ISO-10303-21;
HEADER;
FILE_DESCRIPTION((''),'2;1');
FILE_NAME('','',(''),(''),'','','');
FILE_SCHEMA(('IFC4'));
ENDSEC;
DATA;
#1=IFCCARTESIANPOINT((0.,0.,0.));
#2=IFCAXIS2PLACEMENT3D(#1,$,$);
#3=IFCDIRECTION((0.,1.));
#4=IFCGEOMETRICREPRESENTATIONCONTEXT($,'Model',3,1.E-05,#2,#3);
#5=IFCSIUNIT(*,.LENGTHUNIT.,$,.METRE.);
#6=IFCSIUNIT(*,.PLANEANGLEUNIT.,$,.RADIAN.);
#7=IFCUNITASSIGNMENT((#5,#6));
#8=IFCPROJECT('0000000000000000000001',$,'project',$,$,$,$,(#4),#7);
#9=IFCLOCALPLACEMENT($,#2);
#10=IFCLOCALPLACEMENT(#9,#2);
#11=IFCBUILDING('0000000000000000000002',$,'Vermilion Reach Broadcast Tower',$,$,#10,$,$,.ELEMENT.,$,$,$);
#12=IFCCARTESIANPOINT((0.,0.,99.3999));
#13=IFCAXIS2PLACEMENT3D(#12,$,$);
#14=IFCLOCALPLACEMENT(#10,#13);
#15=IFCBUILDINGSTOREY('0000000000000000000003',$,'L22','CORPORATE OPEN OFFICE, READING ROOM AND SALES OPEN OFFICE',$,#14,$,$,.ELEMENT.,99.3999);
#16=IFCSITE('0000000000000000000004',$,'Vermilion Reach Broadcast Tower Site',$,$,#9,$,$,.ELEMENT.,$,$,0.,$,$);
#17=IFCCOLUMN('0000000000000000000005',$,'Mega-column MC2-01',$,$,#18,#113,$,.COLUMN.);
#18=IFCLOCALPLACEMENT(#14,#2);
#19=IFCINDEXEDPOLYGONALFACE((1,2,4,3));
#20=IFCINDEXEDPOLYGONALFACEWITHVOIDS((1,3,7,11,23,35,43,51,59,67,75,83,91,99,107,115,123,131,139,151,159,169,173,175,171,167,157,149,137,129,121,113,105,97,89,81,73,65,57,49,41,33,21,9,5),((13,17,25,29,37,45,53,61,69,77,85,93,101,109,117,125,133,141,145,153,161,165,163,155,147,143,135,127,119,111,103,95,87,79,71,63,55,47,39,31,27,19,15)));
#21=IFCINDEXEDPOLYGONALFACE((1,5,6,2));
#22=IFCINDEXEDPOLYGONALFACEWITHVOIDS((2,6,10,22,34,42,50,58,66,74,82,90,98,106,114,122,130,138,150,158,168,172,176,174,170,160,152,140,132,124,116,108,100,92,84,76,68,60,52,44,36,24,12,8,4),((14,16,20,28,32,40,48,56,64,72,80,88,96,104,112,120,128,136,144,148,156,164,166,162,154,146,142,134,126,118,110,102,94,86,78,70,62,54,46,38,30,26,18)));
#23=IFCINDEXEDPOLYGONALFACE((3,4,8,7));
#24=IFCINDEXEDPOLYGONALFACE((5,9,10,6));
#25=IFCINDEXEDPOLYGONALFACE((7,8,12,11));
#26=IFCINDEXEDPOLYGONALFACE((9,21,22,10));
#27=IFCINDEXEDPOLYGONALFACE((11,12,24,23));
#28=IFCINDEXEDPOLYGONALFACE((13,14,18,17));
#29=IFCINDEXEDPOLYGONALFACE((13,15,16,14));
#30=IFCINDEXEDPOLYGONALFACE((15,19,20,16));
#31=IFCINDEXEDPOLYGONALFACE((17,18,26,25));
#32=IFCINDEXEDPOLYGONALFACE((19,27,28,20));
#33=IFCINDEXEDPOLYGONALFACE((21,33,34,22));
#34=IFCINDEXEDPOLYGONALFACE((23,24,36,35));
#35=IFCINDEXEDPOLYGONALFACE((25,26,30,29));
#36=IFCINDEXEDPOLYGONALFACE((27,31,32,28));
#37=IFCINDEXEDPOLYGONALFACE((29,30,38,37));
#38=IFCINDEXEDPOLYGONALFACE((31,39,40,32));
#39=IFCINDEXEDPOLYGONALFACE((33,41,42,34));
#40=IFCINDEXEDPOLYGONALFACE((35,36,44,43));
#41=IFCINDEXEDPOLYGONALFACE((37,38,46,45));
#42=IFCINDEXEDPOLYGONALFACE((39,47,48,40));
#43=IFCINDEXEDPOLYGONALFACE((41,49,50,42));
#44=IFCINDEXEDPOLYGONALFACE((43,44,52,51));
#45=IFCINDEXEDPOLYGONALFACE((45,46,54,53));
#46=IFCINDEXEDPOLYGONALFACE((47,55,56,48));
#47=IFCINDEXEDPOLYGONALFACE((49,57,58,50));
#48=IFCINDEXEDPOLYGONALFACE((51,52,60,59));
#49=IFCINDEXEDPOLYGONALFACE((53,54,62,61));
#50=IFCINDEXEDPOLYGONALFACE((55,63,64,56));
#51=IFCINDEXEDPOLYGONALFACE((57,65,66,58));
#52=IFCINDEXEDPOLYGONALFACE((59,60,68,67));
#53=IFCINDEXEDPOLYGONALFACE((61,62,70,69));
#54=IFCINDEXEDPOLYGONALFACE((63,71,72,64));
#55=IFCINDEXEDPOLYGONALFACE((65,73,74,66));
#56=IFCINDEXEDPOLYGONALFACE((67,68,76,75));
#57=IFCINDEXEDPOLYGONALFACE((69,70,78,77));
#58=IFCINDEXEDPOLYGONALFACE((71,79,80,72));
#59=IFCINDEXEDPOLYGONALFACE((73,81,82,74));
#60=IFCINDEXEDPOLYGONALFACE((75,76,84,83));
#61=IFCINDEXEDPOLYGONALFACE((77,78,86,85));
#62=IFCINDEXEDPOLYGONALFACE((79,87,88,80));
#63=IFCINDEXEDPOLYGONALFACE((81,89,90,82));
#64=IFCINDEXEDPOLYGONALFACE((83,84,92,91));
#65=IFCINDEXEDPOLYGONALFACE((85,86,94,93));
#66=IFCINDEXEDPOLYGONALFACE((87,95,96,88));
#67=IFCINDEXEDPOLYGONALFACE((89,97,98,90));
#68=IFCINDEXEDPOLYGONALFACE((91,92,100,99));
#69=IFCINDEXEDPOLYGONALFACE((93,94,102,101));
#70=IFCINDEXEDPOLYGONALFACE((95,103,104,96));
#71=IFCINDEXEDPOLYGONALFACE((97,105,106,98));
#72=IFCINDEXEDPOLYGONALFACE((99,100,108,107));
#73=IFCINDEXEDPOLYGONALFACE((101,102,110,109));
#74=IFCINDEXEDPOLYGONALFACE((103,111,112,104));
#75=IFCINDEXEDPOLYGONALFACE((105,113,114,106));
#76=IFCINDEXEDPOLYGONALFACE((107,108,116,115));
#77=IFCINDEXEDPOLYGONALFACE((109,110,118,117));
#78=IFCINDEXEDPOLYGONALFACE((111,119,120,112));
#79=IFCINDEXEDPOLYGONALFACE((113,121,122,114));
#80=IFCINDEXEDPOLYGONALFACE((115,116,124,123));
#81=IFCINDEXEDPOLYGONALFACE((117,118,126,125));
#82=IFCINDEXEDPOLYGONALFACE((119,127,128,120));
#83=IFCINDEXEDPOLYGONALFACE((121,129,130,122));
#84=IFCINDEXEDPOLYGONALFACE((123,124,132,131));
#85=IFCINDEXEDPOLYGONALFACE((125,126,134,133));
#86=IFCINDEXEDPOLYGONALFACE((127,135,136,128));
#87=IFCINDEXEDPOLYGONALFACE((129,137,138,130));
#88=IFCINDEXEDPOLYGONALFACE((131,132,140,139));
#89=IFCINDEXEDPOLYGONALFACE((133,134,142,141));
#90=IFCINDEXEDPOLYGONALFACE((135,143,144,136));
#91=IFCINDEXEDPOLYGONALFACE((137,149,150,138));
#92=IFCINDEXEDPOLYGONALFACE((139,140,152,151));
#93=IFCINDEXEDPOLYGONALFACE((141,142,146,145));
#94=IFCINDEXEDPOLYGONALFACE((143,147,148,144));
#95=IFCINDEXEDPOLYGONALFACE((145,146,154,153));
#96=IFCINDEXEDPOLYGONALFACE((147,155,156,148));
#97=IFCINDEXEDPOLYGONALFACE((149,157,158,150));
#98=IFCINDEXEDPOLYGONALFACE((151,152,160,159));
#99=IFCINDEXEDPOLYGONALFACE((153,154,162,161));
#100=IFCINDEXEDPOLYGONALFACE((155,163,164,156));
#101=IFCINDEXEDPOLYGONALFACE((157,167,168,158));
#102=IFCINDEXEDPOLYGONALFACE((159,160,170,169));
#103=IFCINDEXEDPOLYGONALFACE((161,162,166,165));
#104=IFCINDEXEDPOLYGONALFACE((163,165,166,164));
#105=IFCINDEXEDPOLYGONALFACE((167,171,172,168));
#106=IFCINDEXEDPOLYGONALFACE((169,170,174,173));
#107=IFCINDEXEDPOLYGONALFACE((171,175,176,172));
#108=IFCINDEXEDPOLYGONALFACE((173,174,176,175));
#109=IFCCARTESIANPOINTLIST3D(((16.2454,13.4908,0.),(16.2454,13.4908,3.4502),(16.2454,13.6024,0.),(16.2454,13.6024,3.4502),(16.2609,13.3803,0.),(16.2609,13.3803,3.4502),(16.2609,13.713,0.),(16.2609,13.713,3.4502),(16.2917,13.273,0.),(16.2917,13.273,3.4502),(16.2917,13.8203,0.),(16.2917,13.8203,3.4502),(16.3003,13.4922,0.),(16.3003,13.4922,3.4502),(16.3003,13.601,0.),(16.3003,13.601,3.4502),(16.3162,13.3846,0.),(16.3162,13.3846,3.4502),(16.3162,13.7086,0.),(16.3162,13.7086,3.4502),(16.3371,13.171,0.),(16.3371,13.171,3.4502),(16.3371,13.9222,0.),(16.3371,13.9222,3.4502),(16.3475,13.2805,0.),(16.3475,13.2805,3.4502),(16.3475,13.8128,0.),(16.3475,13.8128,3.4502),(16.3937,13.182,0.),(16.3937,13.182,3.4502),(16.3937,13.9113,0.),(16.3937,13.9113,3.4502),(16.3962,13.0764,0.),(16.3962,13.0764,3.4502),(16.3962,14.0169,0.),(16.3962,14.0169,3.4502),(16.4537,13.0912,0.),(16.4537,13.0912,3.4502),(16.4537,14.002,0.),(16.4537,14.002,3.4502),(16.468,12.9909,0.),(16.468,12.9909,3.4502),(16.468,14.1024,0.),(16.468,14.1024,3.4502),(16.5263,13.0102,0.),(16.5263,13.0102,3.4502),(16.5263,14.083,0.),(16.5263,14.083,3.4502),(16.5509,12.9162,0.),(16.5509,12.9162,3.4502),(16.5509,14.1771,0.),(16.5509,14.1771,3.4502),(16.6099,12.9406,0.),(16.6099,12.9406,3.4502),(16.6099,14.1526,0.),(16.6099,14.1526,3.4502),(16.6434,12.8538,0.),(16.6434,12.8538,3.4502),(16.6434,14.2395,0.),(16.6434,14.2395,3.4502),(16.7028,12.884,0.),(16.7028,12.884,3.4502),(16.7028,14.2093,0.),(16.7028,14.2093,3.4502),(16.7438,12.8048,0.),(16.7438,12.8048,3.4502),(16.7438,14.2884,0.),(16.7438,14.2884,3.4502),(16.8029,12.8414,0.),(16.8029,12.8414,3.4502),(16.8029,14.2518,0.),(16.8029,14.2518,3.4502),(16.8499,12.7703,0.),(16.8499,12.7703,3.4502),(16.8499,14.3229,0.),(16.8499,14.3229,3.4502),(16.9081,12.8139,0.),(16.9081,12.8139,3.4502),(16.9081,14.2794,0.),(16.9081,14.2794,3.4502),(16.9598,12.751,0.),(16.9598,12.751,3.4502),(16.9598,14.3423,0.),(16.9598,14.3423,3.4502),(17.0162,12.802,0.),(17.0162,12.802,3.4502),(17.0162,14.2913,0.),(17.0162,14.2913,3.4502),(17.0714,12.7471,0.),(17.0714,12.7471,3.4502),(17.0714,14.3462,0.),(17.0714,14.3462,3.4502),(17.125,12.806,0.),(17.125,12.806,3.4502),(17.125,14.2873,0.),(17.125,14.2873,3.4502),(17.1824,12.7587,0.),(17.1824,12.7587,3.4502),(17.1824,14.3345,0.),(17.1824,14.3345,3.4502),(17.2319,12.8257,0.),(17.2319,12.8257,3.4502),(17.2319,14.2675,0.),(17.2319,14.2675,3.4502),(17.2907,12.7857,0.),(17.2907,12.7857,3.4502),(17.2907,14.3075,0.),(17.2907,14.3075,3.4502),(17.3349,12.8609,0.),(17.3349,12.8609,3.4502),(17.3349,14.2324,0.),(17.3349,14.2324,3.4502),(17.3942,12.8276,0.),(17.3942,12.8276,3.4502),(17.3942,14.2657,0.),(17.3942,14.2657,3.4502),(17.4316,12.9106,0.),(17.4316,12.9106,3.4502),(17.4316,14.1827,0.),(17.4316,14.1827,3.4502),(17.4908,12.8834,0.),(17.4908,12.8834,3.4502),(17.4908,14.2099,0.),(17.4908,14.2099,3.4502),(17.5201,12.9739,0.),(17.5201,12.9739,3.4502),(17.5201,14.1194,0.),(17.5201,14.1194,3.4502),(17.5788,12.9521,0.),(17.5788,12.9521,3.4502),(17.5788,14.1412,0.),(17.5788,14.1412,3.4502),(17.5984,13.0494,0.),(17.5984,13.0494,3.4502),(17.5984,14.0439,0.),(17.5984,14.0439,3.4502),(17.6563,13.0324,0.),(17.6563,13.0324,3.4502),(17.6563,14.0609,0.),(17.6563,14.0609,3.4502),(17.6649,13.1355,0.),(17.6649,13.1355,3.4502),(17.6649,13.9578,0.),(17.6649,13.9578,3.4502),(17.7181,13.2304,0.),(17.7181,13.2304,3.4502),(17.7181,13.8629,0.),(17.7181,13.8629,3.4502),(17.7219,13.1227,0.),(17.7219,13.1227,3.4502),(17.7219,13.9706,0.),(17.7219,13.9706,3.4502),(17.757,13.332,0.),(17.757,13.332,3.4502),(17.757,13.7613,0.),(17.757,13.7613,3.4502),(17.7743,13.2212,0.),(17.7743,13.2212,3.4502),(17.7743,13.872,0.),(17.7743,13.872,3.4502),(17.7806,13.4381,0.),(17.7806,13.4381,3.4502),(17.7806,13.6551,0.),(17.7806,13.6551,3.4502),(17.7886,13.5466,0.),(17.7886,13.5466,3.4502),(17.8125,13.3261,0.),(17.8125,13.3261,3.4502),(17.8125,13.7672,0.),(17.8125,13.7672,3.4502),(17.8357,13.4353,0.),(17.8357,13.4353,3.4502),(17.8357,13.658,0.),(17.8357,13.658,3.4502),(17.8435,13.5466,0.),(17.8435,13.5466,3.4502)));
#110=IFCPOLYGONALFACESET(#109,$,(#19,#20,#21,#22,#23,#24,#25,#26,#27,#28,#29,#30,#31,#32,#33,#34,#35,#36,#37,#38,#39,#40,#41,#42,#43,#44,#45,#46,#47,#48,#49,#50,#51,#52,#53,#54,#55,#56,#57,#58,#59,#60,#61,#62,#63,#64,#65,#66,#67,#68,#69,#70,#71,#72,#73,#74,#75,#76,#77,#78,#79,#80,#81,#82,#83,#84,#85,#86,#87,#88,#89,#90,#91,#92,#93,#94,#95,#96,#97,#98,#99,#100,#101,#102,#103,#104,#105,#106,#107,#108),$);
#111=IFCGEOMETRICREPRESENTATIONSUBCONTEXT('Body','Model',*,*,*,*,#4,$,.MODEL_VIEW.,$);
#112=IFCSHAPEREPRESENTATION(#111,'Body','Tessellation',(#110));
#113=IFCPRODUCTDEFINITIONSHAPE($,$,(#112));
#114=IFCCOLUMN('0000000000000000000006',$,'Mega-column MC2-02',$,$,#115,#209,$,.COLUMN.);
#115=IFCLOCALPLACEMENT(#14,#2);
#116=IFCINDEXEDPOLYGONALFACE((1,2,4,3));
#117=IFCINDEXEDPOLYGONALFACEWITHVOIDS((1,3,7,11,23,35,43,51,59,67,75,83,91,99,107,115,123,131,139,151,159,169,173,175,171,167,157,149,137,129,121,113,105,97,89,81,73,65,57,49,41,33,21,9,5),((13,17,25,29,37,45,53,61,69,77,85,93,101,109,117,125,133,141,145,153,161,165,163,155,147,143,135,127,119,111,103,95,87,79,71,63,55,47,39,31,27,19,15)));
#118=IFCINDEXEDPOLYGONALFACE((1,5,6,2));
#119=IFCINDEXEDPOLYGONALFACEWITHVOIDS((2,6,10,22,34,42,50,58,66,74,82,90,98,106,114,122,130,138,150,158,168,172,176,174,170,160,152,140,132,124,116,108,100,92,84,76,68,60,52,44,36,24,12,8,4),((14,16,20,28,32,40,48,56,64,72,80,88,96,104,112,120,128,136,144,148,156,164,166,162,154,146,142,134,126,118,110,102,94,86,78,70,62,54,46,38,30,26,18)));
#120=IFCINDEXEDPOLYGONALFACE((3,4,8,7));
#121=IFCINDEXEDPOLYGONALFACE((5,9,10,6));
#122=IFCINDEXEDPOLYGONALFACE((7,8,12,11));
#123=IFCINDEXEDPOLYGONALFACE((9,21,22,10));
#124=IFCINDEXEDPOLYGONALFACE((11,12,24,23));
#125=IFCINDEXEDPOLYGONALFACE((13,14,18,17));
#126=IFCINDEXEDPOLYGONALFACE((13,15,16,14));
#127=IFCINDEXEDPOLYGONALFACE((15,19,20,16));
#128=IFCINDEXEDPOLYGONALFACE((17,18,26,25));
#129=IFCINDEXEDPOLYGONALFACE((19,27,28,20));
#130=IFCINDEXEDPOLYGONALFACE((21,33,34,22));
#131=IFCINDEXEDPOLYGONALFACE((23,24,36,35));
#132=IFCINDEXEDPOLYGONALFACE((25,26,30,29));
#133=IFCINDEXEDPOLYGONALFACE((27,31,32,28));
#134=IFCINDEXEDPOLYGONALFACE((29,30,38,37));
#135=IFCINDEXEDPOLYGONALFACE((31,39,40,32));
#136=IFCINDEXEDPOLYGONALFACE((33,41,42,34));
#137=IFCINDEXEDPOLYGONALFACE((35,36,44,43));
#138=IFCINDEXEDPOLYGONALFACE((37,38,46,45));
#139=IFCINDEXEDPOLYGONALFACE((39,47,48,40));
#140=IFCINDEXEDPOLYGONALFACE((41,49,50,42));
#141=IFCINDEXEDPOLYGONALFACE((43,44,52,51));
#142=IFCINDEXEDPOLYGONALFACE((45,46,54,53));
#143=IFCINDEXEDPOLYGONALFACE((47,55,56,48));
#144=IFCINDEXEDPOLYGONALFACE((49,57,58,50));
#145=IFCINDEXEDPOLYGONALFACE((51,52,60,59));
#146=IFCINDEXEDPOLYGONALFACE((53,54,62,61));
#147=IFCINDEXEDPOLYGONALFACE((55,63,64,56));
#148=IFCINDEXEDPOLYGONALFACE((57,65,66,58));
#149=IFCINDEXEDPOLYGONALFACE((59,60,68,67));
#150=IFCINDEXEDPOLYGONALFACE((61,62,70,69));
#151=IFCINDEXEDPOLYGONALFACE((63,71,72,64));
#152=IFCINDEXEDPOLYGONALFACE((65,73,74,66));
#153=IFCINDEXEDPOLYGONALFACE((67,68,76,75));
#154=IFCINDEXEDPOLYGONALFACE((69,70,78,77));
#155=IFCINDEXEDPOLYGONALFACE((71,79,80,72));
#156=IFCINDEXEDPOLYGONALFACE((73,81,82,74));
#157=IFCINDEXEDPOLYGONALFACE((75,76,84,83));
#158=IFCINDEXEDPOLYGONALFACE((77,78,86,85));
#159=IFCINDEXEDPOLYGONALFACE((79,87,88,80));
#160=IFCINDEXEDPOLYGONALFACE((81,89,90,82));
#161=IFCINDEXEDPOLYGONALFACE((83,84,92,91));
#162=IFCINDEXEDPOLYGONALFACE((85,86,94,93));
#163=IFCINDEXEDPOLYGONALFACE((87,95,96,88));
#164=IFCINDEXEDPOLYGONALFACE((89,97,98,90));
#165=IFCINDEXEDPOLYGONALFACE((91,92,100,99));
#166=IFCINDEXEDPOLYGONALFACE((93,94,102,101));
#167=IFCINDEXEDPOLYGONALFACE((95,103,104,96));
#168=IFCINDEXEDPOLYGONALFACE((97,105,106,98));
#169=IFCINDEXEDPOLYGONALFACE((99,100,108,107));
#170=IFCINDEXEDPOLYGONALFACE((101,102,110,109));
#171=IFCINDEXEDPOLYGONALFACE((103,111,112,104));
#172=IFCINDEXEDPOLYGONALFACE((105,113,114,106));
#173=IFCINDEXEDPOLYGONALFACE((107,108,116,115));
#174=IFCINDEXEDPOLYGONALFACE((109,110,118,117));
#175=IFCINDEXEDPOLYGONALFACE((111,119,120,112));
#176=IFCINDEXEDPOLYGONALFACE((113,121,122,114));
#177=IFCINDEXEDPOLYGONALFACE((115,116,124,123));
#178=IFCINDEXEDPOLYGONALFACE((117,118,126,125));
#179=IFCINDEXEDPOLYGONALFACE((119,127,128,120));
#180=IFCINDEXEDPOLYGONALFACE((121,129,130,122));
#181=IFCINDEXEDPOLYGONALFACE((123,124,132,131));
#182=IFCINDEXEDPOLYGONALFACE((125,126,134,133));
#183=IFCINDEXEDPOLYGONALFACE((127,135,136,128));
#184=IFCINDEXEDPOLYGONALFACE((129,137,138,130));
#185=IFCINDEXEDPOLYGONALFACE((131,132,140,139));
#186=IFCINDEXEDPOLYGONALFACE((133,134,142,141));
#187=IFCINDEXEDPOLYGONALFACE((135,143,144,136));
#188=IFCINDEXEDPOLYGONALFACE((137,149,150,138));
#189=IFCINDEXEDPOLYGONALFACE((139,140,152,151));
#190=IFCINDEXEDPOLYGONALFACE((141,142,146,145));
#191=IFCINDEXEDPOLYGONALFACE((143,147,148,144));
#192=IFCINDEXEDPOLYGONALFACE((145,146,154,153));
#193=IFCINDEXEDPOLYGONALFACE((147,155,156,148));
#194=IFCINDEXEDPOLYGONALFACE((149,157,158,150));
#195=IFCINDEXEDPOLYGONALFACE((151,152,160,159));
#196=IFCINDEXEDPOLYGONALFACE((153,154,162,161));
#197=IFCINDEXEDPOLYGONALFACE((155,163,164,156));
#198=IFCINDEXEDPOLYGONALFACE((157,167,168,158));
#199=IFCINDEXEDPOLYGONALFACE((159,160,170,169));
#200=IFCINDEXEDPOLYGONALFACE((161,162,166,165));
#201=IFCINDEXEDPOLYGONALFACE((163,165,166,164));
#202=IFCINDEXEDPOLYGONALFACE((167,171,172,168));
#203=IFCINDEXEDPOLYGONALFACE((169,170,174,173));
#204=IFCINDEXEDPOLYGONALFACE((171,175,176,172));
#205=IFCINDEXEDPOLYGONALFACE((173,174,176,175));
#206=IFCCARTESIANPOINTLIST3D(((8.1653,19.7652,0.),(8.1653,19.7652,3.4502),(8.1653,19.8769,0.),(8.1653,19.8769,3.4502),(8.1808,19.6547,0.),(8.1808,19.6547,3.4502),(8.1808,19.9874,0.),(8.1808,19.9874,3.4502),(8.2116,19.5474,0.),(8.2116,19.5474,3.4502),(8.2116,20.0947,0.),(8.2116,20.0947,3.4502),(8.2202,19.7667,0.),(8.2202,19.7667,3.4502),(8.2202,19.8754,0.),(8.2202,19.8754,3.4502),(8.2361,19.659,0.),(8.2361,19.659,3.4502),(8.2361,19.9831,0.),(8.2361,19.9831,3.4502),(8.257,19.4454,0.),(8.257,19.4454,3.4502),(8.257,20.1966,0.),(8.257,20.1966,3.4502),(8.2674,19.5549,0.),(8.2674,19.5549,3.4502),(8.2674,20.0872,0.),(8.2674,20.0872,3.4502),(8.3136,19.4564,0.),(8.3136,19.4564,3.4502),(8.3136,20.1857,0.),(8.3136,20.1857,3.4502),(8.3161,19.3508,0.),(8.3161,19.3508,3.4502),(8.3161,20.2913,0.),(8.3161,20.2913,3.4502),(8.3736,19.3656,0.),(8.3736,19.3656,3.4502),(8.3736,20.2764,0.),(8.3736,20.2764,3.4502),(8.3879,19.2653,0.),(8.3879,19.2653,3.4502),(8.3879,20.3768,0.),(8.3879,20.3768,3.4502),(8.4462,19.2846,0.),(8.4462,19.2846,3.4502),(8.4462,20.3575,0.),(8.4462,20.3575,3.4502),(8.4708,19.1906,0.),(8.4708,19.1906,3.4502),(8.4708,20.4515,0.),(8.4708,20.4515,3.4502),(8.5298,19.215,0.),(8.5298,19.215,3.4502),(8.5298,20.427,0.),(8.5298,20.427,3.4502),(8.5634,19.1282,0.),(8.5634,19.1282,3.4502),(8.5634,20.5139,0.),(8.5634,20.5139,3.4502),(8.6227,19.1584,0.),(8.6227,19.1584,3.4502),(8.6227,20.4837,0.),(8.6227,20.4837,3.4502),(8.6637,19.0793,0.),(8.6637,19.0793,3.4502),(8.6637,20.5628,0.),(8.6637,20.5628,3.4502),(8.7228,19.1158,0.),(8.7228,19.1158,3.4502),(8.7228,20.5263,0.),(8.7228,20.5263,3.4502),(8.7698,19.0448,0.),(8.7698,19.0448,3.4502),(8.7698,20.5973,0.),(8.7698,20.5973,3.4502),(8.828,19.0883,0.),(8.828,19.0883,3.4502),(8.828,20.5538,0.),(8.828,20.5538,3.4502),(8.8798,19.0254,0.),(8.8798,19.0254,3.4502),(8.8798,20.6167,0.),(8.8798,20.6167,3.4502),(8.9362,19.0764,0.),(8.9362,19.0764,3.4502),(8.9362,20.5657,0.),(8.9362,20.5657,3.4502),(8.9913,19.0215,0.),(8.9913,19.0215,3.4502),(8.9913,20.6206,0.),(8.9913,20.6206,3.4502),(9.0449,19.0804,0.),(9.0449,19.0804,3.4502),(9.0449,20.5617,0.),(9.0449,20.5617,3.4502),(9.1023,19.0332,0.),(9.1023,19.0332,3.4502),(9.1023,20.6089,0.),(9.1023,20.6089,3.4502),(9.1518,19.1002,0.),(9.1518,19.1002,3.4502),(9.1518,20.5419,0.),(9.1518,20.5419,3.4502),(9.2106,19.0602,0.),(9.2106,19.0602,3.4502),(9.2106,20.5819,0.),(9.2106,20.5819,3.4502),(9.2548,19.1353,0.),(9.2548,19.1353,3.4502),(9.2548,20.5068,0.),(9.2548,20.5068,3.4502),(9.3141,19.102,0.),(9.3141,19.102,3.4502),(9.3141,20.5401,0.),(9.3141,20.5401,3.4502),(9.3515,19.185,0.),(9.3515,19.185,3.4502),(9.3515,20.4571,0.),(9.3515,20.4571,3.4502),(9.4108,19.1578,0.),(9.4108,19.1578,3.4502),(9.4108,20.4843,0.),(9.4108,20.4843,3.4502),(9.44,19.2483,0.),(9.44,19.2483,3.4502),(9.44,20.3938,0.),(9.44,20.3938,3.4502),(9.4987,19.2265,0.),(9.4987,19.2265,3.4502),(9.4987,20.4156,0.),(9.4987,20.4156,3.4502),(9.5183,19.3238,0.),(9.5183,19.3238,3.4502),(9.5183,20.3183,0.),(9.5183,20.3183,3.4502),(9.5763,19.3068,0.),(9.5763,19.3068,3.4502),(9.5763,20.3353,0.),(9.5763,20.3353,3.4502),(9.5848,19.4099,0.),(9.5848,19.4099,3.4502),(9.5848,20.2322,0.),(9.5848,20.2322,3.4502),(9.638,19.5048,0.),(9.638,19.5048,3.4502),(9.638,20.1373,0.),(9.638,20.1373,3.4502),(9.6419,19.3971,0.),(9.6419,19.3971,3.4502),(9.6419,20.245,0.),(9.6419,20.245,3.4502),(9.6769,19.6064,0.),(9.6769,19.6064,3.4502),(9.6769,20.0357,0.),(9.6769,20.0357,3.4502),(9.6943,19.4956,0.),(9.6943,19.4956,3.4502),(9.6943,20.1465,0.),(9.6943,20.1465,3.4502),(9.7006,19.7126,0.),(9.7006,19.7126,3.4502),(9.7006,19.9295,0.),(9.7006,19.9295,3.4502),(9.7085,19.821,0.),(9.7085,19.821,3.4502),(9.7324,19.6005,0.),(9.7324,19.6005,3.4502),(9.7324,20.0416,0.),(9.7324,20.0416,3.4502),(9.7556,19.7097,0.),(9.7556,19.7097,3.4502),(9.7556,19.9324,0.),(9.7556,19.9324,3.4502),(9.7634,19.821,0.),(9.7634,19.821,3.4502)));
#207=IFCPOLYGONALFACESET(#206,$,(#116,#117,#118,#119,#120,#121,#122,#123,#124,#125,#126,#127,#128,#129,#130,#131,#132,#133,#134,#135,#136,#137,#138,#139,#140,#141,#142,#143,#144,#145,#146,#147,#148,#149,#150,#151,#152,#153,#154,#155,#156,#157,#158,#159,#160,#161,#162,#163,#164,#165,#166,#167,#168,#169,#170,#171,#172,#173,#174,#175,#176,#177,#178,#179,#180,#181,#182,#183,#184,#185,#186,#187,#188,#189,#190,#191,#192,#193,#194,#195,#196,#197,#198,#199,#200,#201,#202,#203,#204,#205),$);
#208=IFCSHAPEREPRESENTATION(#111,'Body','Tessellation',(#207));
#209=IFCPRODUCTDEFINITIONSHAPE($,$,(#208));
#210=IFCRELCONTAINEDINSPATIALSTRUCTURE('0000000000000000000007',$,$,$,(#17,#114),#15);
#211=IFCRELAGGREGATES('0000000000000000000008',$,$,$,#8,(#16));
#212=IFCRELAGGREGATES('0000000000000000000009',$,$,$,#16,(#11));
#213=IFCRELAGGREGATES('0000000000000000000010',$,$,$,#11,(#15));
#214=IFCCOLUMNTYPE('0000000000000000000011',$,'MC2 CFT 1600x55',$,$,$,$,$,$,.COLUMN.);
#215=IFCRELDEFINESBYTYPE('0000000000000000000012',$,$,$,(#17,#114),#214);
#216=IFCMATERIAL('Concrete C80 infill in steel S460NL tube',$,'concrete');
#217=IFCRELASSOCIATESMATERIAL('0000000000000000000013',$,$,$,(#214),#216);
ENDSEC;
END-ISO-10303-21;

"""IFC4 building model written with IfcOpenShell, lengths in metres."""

from ifc_helpers import new_model, si_unit, direction, frame, origin, origin_2d, place, context, subcontext, project, spatial, hollow_circle, extrude, material, material_profile, profile_set, type_object, element, save


model = new_model("IFC4")

# Units and contexts
model_context = context("Model", 3, precision=1e-05, world=origin(), true_north=direction((0.0, 1.0)))
body_context = subcontext(model_context, "Body", "Model", "MODEL_VIEW")
ifc_project = project(units=[si_unit("LENGTHUNIT", "METRE"), si_unit("PLANEANGLEUNIT", "RADIAN")], contexts=[model_context])

# Site, building, storey
site_placement = place(None, origin())
site = spatial("IfcSite", under=ifc_project, at=site_placement, Name="Vermilion Reach Broadcast Tower Site", CompositionType="ELEMENT", RefElevation=0.0)
building_placement = place(site_placement, origin())
building = spatial("IfcBuilding", under=site, at=building_placement, Name="Vermilion Reach Broadcast Tower", CompositionType="ELEMENT")
storey_placement = place(building_placement, frame((0.0, 0.0, 99.3999)))
storey = spatial("IfcBuildingStorey", under=building, at=storey_placement, Name="L22", Description="CORPORATE OPEN OFFICE, READING ROOM AND SALES OPEN OFFICE", CompositionType="ELEMENT", Elevation=99.3999)

# Columns
ifc_material_1 = material(Name="Concrete C80 infill in steel S460NL tube", Category="concrete")
ifc_material_profile_1 = material_profile(ifc_material_1, hollow_circle(Radius=0.8, WallThickness=0.0549, at=origin_2d()), Name="Concrete C80 infill in steel S460NL tube CFT 1600x55")
ifc_profile_set_1 = profile_set([ifc_material_profile_1], Name="Concrete C80 infill in steel S460NL tube")
column_type = type_object("IfcColumnType", Name="MC2 CFT 1600x55", PredefinedType="COLUMN", material=ifc_profile_set_1)
for number, where, z_axis, x_axis, name in (
    (1, (17.0435, 13.5466, 0.0), (0.0, 0.0, 1.0), (1.0, 0.0, 0.0), "Mega-column MC2-01"),
    (2, (8.9634, 19.821, 0.0), (0.0, 0.0, 1.0), (1.0, 0.0, 0.0), "Mega-column MC2-02"),
):
    element("IfcColumn", number, at=place(storey_placement, frame(where, z_axis=z_axis, x_axis=x_axis)), inside=storey, type_object=column_type, Name=name, PredefinedType="COLUMN", context=body_context, shape_type="SweptSolid", body=[
        extrude(hollow_circle(Radius=0.8, WallThickness=0.0549, at=origin_2d()), origin(), (0.0, 0.0, 1.0), 3.4502),
    ])

save(model, "model.ifc")
